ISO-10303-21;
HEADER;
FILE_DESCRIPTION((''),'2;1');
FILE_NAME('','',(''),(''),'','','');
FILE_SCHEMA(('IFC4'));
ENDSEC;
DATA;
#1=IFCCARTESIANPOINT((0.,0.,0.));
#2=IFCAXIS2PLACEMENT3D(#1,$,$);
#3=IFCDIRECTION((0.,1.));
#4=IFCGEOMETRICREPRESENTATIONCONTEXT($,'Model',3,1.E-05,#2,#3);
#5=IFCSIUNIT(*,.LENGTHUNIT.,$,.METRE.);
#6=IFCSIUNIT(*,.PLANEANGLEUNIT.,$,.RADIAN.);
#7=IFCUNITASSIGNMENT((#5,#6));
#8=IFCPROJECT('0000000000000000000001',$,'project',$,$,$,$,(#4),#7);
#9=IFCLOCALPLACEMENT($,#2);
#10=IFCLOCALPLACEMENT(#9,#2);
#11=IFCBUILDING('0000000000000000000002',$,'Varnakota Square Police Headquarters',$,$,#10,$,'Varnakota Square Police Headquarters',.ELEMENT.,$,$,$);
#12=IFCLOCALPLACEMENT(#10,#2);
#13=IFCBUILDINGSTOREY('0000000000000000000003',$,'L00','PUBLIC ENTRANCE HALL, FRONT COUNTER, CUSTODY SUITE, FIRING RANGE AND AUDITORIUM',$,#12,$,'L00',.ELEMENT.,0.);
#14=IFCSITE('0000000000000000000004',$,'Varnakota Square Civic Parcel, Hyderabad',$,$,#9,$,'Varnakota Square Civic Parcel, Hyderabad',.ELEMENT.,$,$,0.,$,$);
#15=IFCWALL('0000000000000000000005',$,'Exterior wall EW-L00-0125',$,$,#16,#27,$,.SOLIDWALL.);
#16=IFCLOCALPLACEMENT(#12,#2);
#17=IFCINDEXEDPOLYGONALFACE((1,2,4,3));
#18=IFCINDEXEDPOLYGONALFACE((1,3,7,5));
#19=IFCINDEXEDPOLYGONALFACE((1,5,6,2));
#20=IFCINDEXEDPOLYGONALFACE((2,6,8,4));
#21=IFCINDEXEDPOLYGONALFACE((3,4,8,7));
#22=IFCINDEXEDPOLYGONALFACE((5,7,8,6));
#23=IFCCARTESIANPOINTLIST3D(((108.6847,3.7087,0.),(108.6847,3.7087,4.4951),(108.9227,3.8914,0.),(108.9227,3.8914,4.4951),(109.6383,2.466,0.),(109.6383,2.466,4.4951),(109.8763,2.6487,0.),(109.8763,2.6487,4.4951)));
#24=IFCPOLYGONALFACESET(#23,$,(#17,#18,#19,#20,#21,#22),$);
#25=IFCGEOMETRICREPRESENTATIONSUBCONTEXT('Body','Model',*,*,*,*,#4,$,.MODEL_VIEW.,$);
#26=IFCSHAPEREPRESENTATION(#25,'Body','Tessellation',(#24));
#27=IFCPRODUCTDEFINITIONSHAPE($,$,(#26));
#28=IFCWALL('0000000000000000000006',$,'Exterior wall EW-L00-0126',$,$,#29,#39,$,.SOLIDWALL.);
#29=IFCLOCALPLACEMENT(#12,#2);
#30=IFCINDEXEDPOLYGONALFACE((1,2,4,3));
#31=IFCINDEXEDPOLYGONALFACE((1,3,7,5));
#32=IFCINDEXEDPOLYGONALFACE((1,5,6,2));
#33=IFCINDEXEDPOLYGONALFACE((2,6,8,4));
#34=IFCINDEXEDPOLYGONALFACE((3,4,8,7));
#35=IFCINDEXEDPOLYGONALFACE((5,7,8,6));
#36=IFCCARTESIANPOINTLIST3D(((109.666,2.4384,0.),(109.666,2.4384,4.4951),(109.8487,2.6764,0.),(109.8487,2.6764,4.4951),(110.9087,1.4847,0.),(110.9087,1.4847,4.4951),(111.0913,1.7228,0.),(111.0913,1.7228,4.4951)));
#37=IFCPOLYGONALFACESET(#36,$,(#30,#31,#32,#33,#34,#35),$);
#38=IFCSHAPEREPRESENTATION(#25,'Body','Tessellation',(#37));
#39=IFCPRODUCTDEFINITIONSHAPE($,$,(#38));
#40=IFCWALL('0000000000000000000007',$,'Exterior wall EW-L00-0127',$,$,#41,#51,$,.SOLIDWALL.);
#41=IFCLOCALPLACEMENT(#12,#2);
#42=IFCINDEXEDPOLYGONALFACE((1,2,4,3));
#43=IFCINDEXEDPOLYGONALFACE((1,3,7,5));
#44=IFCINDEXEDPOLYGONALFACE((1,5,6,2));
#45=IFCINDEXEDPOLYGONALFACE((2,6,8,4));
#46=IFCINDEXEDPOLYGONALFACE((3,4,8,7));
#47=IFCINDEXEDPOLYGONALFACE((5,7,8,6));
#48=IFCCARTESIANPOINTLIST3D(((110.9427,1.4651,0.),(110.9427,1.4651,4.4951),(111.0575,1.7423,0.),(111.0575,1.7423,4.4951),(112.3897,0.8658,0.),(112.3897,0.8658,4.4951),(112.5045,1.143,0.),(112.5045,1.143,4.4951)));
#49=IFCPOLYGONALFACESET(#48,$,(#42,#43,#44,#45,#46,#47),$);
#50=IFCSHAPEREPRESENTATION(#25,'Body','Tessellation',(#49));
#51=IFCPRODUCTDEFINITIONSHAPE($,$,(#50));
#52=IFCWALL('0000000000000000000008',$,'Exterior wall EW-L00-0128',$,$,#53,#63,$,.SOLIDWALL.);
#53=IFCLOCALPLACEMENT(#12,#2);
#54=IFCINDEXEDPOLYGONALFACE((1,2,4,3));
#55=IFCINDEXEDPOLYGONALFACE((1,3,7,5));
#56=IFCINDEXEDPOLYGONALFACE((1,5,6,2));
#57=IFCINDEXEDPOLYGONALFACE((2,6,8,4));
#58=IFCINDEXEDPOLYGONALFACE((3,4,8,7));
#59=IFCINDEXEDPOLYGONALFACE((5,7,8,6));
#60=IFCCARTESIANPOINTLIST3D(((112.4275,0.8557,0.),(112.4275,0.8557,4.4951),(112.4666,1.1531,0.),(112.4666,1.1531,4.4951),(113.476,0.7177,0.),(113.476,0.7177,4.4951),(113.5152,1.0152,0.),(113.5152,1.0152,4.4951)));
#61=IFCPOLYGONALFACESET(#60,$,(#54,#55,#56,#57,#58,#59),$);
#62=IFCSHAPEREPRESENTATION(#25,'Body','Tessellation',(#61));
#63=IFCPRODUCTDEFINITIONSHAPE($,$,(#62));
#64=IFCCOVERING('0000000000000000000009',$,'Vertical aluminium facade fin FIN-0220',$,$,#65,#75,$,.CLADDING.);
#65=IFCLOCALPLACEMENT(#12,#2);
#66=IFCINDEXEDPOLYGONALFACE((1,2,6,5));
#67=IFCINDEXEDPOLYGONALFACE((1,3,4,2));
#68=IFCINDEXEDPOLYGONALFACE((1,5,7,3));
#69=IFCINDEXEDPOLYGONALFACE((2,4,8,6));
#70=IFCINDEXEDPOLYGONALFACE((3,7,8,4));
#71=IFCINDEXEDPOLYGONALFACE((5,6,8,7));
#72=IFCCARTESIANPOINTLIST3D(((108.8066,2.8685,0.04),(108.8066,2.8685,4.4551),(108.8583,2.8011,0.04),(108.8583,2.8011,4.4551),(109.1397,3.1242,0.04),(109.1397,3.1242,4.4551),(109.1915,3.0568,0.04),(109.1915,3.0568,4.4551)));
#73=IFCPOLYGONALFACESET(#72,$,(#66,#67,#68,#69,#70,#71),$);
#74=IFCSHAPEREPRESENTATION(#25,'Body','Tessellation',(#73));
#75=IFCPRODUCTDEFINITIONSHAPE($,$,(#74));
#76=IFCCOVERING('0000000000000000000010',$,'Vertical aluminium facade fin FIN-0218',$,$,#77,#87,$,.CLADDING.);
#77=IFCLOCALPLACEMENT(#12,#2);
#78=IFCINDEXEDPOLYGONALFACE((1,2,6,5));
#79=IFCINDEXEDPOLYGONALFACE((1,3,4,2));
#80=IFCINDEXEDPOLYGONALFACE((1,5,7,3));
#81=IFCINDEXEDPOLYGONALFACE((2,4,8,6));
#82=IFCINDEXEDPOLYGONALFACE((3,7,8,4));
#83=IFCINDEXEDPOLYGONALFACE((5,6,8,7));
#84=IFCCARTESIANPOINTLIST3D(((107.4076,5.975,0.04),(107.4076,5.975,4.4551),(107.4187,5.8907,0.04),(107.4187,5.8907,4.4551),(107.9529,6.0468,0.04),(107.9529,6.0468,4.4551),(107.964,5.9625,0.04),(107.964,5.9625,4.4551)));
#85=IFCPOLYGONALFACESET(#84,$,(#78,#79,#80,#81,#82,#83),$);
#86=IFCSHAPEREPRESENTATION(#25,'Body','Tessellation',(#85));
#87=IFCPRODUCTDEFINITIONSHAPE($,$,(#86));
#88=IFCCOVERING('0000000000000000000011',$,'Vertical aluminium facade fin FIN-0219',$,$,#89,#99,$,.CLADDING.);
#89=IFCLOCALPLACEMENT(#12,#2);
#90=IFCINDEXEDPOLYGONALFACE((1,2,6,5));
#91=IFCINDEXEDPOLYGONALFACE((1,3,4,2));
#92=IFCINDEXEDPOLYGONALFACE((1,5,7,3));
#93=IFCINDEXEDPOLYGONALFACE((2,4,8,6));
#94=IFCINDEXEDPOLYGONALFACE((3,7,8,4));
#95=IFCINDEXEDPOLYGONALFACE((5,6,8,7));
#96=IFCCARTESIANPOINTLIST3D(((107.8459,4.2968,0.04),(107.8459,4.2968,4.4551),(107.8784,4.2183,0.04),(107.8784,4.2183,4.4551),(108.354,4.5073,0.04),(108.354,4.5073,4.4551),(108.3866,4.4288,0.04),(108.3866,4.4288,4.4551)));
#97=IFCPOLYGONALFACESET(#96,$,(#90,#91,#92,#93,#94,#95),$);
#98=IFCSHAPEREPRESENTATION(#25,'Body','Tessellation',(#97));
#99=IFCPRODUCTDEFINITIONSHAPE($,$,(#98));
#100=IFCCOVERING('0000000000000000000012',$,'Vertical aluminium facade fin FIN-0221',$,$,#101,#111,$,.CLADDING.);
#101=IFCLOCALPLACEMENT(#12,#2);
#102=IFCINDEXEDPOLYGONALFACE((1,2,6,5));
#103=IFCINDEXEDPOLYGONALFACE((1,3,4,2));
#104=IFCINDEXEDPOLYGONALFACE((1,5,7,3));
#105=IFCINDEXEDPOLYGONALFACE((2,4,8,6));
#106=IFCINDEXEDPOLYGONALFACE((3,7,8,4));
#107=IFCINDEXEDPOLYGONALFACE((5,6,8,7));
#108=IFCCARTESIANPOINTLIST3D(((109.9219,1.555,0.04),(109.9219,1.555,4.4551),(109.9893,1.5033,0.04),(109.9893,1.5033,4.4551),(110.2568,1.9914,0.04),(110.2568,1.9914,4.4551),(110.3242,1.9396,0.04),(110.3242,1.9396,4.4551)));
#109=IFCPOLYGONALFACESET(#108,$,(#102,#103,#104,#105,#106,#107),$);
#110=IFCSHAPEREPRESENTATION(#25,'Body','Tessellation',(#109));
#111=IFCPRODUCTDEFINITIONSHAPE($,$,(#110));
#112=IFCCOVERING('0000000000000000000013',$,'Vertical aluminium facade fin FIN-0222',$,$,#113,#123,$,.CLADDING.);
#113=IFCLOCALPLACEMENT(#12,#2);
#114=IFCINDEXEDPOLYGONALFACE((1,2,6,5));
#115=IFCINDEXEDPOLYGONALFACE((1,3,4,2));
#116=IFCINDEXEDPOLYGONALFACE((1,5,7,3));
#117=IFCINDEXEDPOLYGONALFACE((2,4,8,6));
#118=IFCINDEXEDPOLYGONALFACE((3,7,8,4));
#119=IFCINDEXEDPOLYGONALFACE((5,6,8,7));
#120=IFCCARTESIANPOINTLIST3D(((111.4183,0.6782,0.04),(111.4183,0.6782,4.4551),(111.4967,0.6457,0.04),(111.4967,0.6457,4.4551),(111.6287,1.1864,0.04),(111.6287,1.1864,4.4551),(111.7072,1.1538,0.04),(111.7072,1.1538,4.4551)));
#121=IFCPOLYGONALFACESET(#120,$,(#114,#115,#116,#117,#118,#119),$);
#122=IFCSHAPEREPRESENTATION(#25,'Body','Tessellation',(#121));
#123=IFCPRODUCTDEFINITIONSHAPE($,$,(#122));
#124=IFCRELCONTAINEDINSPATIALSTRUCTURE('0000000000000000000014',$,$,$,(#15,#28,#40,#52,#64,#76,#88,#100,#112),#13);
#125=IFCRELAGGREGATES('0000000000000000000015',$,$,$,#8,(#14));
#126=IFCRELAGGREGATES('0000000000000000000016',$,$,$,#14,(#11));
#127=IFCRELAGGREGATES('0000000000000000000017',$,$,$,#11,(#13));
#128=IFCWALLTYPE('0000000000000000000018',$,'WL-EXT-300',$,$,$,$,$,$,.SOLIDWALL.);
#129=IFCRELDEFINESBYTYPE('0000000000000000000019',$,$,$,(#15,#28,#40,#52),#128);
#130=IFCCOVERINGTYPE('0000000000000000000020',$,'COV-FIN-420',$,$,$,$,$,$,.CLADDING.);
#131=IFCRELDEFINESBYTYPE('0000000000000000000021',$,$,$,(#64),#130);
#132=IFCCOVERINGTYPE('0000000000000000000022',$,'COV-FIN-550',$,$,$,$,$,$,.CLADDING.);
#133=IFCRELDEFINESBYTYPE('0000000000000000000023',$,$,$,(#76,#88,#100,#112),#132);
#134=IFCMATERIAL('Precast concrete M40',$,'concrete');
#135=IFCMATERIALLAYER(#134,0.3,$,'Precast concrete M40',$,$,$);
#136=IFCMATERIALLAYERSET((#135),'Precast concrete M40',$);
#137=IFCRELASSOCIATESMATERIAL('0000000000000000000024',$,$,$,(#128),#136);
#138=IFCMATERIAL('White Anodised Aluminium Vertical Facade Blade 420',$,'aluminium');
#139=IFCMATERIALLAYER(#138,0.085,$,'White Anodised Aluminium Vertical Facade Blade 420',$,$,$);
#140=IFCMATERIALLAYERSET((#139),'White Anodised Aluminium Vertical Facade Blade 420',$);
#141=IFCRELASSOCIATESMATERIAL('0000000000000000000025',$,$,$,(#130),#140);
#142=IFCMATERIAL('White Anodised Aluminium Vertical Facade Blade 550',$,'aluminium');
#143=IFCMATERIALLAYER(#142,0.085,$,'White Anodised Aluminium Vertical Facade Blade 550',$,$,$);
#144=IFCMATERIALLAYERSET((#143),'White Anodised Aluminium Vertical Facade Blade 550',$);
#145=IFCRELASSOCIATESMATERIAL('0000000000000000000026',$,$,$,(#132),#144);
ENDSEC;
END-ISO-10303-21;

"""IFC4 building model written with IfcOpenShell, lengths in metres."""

from ifc_helpers import new_model, si_unit, direction, frame, frame_2d, origin, origin_2d, place, context, subcontext, project, spatial, rectangle, extrude, material, layer, layer_set, type_object, element, save


model = new_model("IFC4")

# Units and contexts
model_context = context("Model", 3, precision=1e-05, world=origin(), true_north=direction((0.0, 1.0)))
body_context = subcontext(model_context, "Body", "Model", "MODEL_VIEW")
ifc_project = project(units=[si_unit("LENGTHUNIT", "METRE"), si_unit("PLANEANGLEUNIT", "RADIAN")], contexts=[model_context])

# Site, building, storey
site_placement = place(None, origin())
site = spatial("IfcSite", under=ifc_project, at=site_placement, Name="Varnakota Square Civic Parcel, Hyderabad", LongName="Varnakota Square Civic Parcel, Hyderabad", CompositionType="ELEMENT", RefElevation=0.0)
building_placement = place(site_placement, origin())
building = spatial("IfcBuilding", under=site, at=building_placement, Name="Varnakota Square Police Headquarters", LongName="Varnakota Square Police Headquarters", CompositionType="ELEMENT")
storey_placement = place(building_placement, origin())
storey = spatial("IfcBuildingStorey", under=building, at=storey_placement, Name="L00", Description="PUBLIC ENTRANCE HALL, FRONT COUNTER, CUSTODY SUITE, FIRING RANGE AND AUDITORIUM", LongName="L00", CompositionType="ELEMENT", Elevation=0.0)

# Walls
ifc_material_1 = material(Name="Precast concrete M40", Category="concrete")
ifc_layer_1 = layer(ifc_material_1, 0.3, Name="Precast concrete M40")
ifc_layer_set_1 = layer_set([ifc_layer_1], Name="Precast concrete M40")
wall_type_1 = type_object("IfcWallType", Name="WL-EXT-300", PredefinedType="SOLIDWALL", material=ifc_layer_set_1)
for number, where, z_axis, x_axis, name in (
    (1, (108.8037, 3.8, 0.0), (0.0, 0.0, 1.0), (0.608791, -0.79333, 0.0), "Exterior wall EW-L00-0125"),
    (2, (109.7573, 2.5574, 0.0), (0.0, 0.0, 1.0), (0.79333, -0.608791, 0.0), "Exterior wall EW-L00-0126"),
):
    element("IfcWall", number, at=place(storey_placement, frame(where, z_axis=z_axis, x_axis=x_axis)), inside=storey, type_object=wall_type_1, Name=name, PredefinedType="SOLIDWALL", context=body_context, shape_type="SweptSolid", body=[
        extrude(rectangle(XDim=1.5664, YDim=0.3, at=frame_2d((0.7832, 0.0))), origin(), (0.0, 0.0, 1.0), 4.4951),
    ])
wall_1_placement = place(storey_placement, frame((111.0, 1.6038, 0.0), z_axis=(0.0, 0.0, 1.0), x_axis=(0.923882, -0.382678, 0.0)))
element("IfcWall", 3, at=wall_1_placement, inside=storey, type_object=wall_type_1, Name="Exterior wall EW-L00-0127", PredefinedType="SOLIDWALL", context=body_context, shape_type="SweptSolid", body=[
    extrude(rectangle(XDim=1.5662, YDim=0.3, at=frame_2d((0.7832, 0.0))), origin(), (0.0, 0.0, 1.0), 4.4951),
])
wall_2_placement = place(storey_placement, frame((112.447, 1.0044, 0.0), z_axis=(0.0, 0.0, 1.0), x_axis=(0.991458, -0.130425, 0.0)))
element("IfcWall", 4, at=wall_2_placement, inside=storey, type_object=wall_type_1, Name="Exterior wall EW-L00-0128", PredefinedType="SOLIDWALL", context=body_context, shape_type="SweptSolid", body=[
    extrude(rectangle(XDim=1.0576, YDim=0.3, at=frame_2d((0.5288, 0.0))), origin(), (0.0, 0.0, 1.0), 4.4951),
])

# Coverings
ifc_material_2 = material(Name="White Anodised Aluminium Vertical Facade Blade 420", Category="aluminium")
ifc_layer_2 = layer(ifc_material_2, 0.085, Name="White Anodised Aluminium Vertical Facade Blade 420")
ifc_layer_set_2 = layer_set([ifc_layer_2], Name="White Anodised Aluminium Vertical Facade Blade 420")
covering_type_1 = type_object("IfcCoveringType", Name="COV-FIN-420", PredefinedType="CLADDING", material=ifc_layer_set_2)
covering_placement = place(storey_placement, frame((108.999, 2.9626, 0.04), z_axis=(0.0, 0.0, 1.0), x_axis=(0.608761, -0.793353, 0.0)))
element("IfcCovering", 5, at=covering_placement, inside=storey, type_object=covering_type_1, Name="Vertical aluminium facade fin FIN-0220", PredefinedType="CLADDING", context=body_context, shape_type="SweptSolid", body=[
    extrude(rectangle(XDim=0.085, YDim=0.4199, at=origin_2d()), origin(), (0.0, 0.0, 1.0), 4.415),
])
ifc_material_3 = material(Name="White Anodised Aluminium Vertical Facade Blade 550", Category="aluminium")
ifc_layer_3 = layer(ifc_material_3, 0.085, Name="White Anodised Aluminium Vertical Facade Blade 550")
ifc_layer_set_3 = layer_set([ifc_layer_3], Name="White Anodised Aluminium Vertical Facade Blade 550")
covering_type_2 = type_object("IfcCoveringType", Name="COV-FIN-550", PredefinedType="CLADDING", material=ifc_layer_set_3)
for number, where, z_axis, x_axis, name in (
    (6, (107.6858, 5.9688, 0.04), (0.0, 0.0, 1.0), (0.130526, -0.991445, 0.0), "Vertical aluminium facade fin FIN-0218"),
    (7, (108.1162, 4.3628, 0.04), (0.0, 0.0, 1.0), (0.382683, -0.92388, 0.0), "Vertical aluminium facade fin FIN-0219"),
    (8, (110.123, 1.7473, 0.04), (0.0, 0.0, 1.0), (0.793353, -0.608761, 0.0), "Vertical aluminium facade fin FIN-0221"),
    (9, (111.5627, 0.916, 0.04), (0.0, 0.0, 1.0), (0.92388, -0.382683, 0.0), "Vertical aluminium facade fin FIN-0222"),
):
    element("IfcCovering", number, at=place(storey_placement, frame(where, z_axis=z_axis, x_axis=x_axis)), inside=storey, type_object=covering_type_2, Name=name, PredefinedType="CLADDING", context=body_context, shape_type="SweptSolid", body=[
        extrude(rectangle(XDim=0.085, YDim=0.55, at=origin_2d()), origin(), (0.0, 0.0, 1.0), 4.415),
    ])

save(model, "model.ifc")
